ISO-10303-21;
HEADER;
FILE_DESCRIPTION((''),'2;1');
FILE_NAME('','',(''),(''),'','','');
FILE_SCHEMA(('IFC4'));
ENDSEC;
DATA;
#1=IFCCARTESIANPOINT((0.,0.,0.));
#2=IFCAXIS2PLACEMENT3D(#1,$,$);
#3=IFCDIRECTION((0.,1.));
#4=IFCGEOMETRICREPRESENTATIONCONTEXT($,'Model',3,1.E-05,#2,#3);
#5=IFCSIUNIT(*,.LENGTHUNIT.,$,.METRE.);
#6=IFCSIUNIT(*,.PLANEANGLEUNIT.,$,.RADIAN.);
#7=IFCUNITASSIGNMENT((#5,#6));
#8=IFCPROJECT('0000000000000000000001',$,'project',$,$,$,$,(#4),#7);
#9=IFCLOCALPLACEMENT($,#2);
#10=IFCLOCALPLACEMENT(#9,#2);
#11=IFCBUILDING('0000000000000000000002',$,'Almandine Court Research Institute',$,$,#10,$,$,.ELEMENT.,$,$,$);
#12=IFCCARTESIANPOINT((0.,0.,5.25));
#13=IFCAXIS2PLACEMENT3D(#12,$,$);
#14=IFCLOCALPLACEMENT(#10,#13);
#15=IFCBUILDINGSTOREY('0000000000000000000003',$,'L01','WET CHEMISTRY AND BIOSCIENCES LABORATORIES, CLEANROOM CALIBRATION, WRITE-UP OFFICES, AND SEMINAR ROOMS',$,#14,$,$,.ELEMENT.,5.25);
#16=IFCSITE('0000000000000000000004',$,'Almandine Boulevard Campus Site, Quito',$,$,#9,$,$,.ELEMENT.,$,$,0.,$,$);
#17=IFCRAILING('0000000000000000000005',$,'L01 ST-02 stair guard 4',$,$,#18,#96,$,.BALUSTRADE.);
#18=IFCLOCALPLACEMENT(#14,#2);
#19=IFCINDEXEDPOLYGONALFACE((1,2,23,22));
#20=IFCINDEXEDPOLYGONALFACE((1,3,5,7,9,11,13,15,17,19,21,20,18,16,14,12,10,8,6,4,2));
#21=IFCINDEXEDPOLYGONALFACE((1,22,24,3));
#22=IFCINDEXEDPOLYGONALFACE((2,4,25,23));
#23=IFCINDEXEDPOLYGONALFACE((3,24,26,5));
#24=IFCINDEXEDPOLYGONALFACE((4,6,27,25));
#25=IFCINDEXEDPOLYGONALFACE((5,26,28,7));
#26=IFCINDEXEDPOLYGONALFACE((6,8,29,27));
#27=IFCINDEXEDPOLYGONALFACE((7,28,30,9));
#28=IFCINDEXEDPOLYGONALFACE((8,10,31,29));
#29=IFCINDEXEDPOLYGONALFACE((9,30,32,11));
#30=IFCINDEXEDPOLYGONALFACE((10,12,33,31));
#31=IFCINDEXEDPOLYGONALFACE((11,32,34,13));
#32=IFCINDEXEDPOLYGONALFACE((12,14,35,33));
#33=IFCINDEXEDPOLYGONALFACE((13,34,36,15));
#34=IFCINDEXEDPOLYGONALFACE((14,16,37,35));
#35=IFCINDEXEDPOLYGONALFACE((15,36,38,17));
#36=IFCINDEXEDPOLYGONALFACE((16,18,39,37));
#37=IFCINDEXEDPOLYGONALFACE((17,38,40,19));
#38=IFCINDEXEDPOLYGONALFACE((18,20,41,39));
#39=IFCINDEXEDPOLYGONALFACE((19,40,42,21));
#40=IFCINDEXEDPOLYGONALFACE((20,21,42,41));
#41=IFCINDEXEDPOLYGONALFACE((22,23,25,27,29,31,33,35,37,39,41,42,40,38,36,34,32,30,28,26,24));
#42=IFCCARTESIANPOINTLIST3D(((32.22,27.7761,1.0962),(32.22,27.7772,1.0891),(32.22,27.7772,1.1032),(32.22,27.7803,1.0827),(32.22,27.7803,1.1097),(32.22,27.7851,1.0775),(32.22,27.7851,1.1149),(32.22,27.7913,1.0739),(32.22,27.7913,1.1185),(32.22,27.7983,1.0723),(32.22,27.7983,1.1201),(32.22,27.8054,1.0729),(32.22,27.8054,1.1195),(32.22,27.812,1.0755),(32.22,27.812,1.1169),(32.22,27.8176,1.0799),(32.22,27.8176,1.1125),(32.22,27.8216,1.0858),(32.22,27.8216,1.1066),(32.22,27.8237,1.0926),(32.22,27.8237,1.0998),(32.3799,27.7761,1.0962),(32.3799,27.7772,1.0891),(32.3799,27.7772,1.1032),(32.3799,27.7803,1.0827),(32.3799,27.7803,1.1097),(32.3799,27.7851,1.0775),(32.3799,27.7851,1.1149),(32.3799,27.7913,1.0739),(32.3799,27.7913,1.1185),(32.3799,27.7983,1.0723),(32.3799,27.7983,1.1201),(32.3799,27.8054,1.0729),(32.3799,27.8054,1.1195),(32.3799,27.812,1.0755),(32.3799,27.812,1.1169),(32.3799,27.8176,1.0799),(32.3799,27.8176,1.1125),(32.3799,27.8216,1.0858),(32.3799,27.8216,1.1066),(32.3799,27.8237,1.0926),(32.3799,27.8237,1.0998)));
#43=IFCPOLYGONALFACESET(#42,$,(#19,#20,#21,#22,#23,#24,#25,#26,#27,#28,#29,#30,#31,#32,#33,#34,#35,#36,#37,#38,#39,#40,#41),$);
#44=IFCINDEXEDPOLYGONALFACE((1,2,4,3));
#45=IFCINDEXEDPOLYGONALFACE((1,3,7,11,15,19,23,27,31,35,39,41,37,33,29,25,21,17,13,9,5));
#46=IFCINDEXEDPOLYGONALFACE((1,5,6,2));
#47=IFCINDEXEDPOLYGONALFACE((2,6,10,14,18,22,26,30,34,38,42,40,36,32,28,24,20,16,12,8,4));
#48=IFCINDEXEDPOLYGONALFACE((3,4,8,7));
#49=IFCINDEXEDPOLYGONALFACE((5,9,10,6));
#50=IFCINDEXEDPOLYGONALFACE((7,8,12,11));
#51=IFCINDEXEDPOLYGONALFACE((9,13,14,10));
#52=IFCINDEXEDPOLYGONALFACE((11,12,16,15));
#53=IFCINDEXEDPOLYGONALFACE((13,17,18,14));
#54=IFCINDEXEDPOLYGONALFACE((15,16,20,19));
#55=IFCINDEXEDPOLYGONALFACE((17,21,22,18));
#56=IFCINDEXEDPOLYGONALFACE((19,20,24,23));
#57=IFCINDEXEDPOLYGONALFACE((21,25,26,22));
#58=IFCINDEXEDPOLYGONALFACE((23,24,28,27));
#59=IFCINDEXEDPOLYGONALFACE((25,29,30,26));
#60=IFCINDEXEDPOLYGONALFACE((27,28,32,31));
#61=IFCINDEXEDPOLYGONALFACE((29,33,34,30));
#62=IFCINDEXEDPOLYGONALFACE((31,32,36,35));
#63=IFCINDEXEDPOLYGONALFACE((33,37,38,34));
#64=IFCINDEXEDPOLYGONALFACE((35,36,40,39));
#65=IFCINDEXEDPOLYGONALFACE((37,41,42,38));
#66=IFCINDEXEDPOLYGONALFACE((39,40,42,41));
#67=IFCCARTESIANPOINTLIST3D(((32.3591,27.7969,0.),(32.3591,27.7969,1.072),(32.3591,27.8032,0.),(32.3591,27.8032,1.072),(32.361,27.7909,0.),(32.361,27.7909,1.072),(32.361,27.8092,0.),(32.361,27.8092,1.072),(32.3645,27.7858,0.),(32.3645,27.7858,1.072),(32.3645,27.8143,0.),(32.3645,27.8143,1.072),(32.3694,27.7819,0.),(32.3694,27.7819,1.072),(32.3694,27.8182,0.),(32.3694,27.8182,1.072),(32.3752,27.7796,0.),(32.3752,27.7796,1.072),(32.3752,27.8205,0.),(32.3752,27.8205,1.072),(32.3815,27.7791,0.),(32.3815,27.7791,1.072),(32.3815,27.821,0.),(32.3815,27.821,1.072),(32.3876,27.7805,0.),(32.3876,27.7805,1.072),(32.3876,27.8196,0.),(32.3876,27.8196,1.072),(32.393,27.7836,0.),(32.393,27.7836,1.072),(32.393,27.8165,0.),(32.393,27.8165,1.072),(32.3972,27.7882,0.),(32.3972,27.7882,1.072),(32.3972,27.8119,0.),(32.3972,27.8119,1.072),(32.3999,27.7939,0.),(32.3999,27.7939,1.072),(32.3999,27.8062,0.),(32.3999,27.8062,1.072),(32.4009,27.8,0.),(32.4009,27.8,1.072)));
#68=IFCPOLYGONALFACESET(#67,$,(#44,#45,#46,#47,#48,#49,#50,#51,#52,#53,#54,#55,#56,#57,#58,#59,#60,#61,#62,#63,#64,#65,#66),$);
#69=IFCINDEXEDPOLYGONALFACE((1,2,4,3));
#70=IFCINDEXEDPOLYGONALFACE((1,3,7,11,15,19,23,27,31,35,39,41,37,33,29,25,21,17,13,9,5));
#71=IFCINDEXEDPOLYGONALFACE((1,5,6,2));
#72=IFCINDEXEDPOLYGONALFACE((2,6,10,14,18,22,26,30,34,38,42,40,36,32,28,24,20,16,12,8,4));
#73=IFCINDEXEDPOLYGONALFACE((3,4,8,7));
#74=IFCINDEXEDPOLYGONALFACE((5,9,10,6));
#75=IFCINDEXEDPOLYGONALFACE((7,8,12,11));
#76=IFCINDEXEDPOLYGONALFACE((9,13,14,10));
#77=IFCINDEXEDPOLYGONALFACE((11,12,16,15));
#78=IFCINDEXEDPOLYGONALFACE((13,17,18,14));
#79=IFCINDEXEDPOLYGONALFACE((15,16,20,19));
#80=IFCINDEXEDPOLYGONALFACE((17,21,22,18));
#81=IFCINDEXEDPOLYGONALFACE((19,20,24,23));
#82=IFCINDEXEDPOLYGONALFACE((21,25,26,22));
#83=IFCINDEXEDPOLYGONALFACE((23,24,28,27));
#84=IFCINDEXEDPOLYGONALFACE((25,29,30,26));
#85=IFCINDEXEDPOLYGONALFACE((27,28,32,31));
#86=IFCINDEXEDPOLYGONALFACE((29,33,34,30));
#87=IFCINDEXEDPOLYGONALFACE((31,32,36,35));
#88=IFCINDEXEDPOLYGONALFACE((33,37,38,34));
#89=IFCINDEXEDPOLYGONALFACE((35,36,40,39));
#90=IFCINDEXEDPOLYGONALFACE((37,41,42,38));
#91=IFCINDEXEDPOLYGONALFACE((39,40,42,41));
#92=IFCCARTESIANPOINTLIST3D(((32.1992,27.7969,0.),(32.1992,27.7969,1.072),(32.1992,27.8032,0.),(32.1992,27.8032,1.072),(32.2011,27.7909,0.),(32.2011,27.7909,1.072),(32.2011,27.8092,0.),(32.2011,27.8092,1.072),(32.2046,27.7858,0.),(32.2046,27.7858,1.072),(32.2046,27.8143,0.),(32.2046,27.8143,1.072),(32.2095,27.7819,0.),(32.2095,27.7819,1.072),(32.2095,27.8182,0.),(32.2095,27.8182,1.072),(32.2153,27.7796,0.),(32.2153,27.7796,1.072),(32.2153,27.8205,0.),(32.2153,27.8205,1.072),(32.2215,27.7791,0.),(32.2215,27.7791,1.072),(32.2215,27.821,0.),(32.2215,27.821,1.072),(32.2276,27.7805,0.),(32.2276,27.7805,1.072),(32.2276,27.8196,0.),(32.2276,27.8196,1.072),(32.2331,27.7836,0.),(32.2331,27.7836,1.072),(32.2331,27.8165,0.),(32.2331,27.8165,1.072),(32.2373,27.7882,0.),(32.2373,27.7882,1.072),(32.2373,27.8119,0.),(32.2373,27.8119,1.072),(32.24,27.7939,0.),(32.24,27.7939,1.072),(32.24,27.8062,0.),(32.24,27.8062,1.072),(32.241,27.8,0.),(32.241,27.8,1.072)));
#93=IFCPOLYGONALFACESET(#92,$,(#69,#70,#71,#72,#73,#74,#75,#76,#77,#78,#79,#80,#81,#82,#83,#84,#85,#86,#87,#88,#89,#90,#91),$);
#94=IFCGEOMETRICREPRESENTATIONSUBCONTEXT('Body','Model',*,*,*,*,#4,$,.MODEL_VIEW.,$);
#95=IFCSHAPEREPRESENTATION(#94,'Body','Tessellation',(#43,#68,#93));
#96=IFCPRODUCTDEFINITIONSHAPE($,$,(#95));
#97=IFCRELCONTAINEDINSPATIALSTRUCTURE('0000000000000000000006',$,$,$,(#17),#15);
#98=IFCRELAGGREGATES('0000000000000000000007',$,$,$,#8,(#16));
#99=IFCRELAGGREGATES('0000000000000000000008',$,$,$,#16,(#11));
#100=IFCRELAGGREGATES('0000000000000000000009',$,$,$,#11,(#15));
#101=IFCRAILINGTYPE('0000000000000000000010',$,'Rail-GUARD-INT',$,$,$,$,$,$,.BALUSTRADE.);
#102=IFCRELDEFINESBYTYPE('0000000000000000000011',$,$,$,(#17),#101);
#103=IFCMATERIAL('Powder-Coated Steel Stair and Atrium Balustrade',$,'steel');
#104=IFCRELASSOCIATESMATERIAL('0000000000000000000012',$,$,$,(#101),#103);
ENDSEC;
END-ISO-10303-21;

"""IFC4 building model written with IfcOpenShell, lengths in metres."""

from ifc_helpers import new_model, si_unit, direction, frame, origin, origin_2d, place, context, subcontext, project, spatial, circle, extrude, material, type_object, element, save


model = new_model("IFC4")

# Units and contexts
model_context = context("Model", 3, precision=1e-05, world=origin(), true_north=direction((0.0, 1.0)))
body_context = subcontext(model_context, "Body", "Model", "MODEL_VIEW")
ifc_project = project(units=[si_unit("LENGTHUNIT", "METRE"), si_unit("PLANEANGLEUNIT", "RADIAN")], contexts=[model_context])

# Site, building, storey
site_placement = place(None, origin())
site = spatial("IfcSite", under=ifc_project, at=site_placement, Name="Almandine Boulevard Campus Site, Quito", CompositionType="ELEMENT", RefElevation=0.0)
building_placement = place(site_placement, origin())
building = spatial("IfcBuilding", under=site, at=building_placement, Name="Almandine Court Research Institute", CompositionType="ELEMENT")
storey_placement = place(building_placement, frame((0.0, 0.0, 5.25)))
storey = spatial("IfcBuildingStorey", under=building, at=storey_placement, Name="L01", Description="WET CHEMISTRY AND BIOSCIENCES LABORATORIES, CLEANROOM CALIBRATION, WRITE-UP OFFICES, AND SEMINAR ROOMS", CompositionType="ELEMENT", Elevation=5.25)

# Railing
ifc_material_1 = material(Name="Powder-Coated Steel Stair and Atrium Balustrade", Category="steel")
railing_type_1 = type_object("IfcRailingType", Name="Rail-GUARD-INT", PredefinedType="BALUSTRADE", material=ifc_material_1)
railing_1_placement = place(storey_placement, frame((32.3799, 27.8, 0.0)))
element("IfcRailing", 1, at=railing_1_placement, inside=storey, type_object=railing_type_1, Name="L01 ST-02 stair guard 4", PredefinedType="BALUSTRADE", context=body_context, shape_type="SweptSolid", body=[
    extrude(circle(Radius=0.0239, at=origin_2d()), frame((0.0, 0.0, 1.0962), z_axis=(-1.0, 0.0, 0.0), x_axis=(0.0, -1.0, 0.0)), (0.0, 0.0, 1.0), 0.1599),
    extrude(circle(Radius=0.021, at=origin_2d()), origin(), (0.0, 0.0, 1.0), 1.072),
    extrude(circle(Radius=0.021, at=origin_2d()), frame((-0.1599, 0.0, 0.0)), (0.0, 0.0, 1.0), 1.072),
])

save(model, "model.ifc")
